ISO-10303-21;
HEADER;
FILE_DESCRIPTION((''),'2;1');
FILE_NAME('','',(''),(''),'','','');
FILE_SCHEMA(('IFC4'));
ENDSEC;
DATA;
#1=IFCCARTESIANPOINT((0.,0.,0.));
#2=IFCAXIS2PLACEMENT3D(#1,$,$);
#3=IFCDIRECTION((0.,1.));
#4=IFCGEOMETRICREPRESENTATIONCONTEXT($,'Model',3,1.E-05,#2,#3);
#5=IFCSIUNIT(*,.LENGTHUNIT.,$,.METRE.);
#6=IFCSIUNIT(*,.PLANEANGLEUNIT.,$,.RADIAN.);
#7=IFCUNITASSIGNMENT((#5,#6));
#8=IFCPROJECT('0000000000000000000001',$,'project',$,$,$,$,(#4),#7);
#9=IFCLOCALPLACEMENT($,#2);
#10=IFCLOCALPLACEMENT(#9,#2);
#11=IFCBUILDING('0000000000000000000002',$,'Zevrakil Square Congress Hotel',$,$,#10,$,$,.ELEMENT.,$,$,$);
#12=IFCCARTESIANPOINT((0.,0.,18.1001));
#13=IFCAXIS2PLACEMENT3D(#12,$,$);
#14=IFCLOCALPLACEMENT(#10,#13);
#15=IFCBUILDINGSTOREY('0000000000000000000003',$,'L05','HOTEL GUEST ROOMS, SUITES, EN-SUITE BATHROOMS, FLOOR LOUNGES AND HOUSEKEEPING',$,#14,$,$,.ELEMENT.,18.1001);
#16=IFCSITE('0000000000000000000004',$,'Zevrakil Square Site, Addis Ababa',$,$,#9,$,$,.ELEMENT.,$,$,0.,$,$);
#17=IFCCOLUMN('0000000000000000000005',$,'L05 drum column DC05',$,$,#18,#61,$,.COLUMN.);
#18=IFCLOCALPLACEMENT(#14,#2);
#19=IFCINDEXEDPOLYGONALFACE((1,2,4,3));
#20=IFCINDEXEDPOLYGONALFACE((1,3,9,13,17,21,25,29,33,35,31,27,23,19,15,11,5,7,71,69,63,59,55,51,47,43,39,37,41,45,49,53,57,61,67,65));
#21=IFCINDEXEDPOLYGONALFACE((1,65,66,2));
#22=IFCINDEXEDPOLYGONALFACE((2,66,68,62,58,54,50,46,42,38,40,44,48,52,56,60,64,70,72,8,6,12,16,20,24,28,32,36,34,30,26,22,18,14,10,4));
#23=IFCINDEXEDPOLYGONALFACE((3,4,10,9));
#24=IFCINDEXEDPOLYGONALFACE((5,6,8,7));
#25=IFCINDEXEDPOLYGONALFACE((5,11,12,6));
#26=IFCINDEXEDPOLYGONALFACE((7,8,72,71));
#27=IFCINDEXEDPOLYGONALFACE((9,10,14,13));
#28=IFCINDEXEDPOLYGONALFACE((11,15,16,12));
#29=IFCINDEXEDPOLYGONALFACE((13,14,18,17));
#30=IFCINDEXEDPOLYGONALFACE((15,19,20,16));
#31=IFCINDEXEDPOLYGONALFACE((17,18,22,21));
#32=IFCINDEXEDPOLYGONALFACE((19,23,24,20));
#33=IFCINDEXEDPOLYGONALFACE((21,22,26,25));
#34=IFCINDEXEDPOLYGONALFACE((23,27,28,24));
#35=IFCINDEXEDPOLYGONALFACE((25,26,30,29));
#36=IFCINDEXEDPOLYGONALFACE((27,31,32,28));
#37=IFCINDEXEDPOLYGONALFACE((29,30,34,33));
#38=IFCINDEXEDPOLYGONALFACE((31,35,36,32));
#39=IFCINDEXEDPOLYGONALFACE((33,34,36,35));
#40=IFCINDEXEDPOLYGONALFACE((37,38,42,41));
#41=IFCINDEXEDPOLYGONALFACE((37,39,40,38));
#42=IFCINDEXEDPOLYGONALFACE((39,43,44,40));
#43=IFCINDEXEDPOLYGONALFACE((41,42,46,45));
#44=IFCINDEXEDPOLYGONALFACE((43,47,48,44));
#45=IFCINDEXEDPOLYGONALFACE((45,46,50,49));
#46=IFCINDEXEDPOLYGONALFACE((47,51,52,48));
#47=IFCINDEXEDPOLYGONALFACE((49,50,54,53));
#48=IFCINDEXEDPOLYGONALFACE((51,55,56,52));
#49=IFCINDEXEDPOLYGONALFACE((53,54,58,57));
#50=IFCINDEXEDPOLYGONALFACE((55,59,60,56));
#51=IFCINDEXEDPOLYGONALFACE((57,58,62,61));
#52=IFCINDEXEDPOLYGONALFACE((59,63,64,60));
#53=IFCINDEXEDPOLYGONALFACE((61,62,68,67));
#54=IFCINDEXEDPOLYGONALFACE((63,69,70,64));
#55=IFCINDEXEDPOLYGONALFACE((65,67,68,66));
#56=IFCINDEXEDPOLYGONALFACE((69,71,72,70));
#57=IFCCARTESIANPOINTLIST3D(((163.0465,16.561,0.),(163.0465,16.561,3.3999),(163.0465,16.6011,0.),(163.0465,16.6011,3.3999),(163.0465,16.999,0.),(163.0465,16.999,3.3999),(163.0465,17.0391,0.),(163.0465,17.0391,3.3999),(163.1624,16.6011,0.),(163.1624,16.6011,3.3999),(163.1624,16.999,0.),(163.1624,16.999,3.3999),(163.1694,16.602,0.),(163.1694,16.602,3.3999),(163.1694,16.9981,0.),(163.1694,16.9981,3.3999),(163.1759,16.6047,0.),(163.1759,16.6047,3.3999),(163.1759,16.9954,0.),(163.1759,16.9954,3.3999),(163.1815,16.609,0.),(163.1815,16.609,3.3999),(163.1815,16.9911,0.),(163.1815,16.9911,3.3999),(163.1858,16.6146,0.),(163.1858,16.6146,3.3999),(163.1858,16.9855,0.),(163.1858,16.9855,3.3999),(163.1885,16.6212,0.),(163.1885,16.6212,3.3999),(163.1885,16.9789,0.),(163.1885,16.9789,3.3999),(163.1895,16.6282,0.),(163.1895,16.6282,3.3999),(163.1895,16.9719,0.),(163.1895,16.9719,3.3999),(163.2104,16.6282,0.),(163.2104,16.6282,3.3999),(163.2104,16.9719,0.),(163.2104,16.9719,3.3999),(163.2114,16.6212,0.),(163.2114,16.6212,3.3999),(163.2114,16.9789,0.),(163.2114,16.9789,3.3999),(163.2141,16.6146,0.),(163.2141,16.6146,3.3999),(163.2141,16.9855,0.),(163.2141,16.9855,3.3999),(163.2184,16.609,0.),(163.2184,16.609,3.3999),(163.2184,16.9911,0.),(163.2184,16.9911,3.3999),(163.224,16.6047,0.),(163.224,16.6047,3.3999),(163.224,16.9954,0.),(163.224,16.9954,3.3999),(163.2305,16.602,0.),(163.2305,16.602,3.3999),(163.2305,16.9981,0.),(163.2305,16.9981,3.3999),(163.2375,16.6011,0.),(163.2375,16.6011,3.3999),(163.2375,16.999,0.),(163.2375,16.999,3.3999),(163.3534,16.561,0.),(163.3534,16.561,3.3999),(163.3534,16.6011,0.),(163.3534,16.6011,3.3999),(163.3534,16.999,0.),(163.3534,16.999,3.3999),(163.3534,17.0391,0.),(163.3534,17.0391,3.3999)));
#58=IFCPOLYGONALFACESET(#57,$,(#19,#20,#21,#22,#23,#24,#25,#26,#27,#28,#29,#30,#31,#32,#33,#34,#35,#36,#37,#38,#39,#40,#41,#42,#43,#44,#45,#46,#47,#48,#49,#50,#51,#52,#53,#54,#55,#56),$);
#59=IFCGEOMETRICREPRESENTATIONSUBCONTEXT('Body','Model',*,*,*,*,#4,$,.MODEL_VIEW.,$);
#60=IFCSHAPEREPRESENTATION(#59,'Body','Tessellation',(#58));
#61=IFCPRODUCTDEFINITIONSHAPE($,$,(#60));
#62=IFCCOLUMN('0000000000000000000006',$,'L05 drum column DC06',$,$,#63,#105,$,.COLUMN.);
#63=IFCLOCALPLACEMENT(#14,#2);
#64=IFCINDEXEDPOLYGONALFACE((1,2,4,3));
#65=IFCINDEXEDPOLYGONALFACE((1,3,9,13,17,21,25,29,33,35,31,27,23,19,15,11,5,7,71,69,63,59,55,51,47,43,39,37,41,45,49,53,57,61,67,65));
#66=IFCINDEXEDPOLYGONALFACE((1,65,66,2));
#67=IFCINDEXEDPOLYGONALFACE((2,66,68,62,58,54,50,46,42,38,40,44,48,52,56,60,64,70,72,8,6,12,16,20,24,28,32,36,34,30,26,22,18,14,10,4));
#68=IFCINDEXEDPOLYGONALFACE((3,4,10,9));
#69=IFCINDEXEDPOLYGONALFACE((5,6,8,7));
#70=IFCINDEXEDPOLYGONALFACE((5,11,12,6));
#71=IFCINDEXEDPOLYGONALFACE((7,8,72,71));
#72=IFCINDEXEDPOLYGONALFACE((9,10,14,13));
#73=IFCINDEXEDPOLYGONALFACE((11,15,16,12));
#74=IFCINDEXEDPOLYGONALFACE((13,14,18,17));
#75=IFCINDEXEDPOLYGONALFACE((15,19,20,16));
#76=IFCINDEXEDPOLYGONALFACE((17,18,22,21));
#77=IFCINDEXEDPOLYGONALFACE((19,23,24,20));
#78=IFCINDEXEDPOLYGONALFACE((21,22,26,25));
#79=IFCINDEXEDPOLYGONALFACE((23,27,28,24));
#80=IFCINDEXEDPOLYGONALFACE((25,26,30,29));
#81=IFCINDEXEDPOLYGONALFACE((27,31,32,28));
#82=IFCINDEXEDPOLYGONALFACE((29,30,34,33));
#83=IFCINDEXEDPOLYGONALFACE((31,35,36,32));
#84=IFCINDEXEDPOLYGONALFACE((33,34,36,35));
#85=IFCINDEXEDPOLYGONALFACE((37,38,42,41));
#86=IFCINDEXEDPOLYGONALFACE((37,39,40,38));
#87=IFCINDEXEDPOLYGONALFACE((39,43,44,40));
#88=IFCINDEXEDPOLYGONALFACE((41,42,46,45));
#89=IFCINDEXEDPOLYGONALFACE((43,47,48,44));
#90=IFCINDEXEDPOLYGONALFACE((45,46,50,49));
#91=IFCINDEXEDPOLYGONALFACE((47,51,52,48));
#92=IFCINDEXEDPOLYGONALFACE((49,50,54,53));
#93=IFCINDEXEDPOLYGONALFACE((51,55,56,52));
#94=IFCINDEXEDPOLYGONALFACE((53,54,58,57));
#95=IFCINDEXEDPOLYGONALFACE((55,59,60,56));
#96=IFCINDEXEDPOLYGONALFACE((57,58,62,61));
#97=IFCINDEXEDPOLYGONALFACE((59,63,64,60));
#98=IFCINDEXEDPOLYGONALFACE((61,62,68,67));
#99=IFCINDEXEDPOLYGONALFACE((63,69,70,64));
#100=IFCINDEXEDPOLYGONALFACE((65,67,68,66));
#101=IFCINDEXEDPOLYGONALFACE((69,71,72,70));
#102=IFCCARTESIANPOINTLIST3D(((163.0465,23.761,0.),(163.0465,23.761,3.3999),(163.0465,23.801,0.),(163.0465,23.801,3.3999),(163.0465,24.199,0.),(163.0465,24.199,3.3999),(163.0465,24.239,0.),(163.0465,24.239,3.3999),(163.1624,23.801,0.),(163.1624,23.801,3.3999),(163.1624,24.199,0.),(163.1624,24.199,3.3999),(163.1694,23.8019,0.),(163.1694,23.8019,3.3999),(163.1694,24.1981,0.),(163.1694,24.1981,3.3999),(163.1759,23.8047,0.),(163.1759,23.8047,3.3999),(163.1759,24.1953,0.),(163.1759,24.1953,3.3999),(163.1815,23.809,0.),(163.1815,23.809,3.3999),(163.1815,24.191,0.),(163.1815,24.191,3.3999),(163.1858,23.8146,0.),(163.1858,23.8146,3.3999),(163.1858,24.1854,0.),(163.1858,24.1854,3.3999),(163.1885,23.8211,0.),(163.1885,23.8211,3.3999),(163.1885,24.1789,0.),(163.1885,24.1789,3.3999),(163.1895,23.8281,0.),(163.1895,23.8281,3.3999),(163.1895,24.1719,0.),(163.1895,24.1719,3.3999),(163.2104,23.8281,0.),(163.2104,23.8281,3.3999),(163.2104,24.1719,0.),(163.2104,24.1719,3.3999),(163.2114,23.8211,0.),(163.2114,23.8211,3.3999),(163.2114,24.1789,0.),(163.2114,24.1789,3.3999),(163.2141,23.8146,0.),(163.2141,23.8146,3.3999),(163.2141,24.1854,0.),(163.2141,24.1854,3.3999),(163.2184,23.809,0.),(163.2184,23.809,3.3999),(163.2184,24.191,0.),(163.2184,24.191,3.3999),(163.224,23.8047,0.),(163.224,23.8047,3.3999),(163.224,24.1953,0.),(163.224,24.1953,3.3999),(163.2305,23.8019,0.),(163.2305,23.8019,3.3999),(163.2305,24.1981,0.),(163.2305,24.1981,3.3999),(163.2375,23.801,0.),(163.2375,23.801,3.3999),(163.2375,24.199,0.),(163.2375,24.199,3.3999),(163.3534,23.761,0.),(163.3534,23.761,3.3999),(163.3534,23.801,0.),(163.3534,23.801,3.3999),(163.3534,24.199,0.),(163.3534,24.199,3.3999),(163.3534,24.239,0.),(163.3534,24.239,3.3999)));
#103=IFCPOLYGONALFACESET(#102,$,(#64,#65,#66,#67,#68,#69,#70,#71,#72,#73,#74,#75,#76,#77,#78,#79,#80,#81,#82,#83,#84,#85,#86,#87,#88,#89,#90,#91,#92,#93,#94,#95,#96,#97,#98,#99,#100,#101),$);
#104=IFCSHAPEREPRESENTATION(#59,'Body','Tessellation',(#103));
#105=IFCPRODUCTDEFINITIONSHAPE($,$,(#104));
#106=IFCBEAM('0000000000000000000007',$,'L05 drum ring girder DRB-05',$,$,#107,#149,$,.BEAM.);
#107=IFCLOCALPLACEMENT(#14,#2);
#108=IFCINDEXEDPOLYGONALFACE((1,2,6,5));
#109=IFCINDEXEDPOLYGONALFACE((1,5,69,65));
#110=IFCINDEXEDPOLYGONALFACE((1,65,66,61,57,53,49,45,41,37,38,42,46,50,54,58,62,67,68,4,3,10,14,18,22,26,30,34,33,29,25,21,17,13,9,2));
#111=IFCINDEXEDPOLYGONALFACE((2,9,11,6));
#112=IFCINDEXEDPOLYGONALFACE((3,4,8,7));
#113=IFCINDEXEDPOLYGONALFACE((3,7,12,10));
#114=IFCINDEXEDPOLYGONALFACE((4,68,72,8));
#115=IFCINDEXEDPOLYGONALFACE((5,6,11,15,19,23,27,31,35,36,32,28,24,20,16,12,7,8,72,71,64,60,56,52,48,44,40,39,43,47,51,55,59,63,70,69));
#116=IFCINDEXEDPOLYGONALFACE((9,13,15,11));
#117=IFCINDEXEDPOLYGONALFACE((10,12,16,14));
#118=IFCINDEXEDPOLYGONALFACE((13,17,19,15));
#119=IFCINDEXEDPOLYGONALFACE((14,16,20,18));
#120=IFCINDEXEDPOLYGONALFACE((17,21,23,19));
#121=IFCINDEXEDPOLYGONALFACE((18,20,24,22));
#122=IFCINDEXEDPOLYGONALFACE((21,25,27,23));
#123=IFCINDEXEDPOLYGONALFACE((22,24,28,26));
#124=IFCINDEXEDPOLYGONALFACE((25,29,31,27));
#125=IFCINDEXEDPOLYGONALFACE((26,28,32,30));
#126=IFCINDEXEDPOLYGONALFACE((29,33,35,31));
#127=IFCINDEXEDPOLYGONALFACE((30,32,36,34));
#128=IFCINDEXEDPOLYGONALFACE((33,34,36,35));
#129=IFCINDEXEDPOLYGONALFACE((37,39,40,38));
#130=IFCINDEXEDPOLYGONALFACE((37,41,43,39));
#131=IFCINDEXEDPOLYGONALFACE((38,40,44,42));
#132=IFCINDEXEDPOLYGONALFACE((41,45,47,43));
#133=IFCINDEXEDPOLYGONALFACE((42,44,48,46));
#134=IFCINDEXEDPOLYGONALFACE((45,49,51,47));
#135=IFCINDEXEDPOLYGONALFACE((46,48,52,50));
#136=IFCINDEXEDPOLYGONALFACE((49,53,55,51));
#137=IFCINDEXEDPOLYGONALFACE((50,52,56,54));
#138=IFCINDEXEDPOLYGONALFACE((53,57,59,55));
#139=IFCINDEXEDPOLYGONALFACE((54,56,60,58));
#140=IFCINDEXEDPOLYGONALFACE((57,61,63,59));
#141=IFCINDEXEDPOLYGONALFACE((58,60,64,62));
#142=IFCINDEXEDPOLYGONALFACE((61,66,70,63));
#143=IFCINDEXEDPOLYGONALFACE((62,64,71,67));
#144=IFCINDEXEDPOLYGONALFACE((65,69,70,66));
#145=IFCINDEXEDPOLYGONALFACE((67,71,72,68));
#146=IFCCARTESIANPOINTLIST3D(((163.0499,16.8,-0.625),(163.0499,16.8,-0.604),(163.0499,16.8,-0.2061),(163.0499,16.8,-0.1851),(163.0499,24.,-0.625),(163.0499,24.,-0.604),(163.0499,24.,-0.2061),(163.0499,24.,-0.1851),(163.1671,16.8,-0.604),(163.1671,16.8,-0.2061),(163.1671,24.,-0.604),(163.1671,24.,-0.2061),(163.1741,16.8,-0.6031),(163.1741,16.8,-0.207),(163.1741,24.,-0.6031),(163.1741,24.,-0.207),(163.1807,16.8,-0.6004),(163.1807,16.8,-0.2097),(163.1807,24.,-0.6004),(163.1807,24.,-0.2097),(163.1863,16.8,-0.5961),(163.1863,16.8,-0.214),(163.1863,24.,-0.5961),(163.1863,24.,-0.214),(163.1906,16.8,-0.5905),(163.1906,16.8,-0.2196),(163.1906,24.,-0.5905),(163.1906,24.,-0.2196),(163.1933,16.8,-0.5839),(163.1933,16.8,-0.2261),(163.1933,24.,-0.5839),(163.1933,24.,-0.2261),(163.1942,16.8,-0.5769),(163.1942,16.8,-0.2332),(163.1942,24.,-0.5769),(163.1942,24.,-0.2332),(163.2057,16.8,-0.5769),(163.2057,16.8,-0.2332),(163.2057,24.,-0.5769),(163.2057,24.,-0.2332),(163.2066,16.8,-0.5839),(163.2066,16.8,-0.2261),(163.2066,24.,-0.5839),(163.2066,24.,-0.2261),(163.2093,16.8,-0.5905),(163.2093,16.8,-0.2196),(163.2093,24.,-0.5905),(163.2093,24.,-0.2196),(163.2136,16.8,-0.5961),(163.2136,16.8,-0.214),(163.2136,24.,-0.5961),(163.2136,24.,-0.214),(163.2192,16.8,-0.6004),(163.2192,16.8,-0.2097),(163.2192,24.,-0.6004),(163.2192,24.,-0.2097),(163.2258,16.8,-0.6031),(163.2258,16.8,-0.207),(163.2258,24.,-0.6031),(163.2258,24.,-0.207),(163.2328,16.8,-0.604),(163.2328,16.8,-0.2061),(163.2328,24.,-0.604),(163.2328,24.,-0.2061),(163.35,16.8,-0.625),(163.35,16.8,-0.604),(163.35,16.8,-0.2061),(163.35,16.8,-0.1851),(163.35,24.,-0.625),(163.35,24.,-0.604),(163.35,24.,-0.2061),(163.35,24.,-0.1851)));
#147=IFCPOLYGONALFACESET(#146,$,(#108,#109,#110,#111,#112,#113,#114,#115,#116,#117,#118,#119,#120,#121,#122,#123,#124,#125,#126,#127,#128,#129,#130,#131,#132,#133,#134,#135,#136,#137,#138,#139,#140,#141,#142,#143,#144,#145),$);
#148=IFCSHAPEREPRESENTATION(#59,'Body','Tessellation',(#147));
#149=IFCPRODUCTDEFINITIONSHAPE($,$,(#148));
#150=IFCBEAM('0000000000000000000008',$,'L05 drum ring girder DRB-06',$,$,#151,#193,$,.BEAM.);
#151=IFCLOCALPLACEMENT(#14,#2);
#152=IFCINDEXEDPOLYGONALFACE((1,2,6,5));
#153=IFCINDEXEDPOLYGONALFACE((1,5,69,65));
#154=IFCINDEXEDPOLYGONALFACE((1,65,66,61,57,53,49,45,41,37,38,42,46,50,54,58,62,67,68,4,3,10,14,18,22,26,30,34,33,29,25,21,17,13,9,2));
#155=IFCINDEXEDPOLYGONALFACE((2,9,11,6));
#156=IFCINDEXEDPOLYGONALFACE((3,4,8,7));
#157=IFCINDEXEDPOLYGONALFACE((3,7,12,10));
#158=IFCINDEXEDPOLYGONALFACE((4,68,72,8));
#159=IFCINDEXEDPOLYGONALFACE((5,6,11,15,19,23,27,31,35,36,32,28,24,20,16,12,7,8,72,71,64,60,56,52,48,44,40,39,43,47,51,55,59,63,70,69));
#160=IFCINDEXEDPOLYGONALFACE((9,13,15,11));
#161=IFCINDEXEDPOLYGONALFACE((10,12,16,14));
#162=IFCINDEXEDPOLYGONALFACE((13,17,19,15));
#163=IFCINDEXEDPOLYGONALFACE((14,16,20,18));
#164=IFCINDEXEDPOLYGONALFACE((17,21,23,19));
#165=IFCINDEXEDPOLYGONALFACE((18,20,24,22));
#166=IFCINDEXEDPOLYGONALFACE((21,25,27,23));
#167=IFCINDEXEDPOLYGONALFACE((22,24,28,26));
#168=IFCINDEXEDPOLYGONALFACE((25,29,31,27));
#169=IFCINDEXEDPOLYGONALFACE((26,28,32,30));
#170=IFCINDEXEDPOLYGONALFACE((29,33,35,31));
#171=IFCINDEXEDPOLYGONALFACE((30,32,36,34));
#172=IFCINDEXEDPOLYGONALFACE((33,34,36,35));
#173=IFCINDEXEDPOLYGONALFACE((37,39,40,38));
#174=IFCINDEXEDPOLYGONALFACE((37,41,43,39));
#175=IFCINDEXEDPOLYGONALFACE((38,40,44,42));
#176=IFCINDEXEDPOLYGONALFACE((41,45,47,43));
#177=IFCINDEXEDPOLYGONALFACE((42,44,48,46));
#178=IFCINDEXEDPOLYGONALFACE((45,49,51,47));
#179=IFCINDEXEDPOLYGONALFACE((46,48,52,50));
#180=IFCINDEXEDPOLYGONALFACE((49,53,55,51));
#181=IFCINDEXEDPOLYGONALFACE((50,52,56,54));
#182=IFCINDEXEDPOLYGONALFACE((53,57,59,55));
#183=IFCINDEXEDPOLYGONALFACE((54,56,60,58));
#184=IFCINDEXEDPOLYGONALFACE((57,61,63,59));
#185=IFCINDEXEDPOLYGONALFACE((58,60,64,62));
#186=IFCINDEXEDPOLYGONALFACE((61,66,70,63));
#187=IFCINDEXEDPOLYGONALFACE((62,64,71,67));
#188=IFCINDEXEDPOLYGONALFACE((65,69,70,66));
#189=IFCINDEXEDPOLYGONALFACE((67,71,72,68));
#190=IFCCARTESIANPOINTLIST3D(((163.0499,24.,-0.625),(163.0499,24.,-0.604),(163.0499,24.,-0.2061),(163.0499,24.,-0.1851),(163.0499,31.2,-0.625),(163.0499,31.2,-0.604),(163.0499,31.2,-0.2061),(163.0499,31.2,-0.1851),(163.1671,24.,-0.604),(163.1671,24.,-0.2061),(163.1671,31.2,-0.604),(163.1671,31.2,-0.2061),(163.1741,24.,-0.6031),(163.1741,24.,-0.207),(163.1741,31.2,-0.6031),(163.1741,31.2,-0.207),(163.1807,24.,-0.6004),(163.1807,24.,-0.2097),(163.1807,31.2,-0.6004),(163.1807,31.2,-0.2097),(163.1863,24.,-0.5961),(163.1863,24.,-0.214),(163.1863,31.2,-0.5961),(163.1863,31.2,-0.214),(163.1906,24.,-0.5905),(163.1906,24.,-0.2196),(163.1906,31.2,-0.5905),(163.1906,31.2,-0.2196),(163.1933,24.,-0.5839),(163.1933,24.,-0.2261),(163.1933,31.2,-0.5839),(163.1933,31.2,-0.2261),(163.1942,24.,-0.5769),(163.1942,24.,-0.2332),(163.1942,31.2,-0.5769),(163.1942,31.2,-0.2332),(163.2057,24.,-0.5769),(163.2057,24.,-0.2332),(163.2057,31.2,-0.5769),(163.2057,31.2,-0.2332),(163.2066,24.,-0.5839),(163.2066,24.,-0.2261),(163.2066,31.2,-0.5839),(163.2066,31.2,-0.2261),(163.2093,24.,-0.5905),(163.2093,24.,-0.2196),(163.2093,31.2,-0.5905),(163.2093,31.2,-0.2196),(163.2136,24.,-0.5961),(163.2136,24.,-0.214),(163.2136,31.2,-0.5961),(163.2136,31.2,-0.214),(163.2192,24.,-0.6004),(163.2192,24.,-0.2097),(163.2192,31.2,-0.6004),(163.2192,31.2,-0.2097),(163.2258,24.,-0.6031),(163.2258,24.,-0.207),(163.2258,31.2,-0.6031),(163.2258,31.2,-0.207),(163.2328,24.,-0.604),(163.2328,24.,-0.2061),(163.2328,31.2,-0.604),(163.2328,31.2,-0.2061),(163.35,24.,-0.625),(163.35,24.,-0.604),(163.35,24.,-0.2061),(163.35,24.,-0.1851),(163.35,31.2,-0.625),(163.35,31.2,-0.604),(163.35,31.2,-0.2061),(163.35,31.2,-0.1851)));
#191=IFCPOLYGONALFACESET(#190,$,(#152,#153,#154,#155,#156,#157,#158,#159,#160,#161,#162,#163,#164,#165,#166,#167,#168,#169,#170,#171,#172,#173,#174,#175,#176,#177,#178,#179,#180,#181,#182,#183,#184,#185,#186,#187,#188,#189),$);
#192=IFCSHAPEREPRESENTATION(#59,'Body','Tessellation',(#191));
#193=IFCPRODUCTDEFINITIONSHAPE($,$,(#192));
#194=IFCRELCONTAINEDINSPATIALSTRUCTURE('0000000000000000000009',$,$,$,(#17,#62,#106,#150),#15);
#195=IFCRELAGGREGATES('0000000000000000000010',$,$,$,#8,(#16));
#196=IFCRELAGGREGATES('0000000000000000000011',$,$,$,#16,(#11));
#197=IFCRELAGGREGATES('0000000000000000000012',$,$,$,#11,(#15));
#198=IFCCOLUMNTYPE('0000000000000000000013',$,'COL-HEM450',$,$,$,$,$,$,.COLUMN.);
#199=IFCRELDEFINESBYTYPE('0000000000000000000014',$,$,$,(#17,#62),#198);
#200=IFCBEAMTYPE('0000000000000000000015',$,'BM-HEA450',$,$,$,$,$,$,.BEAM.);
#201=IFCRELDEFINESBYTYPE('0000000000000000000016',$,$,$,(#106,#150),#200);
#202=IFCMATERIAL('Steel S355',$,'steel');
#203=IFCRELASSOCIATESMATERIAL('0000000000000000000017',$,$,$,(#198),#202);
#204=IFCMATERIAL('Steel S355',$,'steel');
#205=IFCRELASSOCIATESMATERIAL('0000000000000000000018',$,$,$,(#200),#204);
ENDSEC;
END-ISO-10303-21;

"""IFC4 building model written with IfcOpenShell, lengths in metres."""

from ifc_helpers import new_model, si_unit, direction, frame, origin, origin_2d, place, context, subcontext, project, spatial, i_section, extrude, material, material_profile, profile_set, type_object, element, save


model = new_model("IFC4")

# Units and contexts
model_context = context("Model", 3, precision=1e-05, world=origin(), true_north=direction((0.0, 1.0)))
body_context = subcontext(model_context, "Body", "Model", "MODEL_VIEW")
ifc_project = project(units=[si_unit("LENGTHUNIT", "METRE"), si_unit("PLANEANGLEUNIT", "RADIAN")], contexts=[model_context])

# Site, building, storey
site_placement = place(None, origin())
site = spatial("IfcSite", under=ifc_project, at=site_placement, Name="Zevrakil Square Site, Addis Ababa", CompositionType="ELEMENT", RefElevation=0.0)
building_placement = place(site_placement, origin())
building = spatial("IfcBuilding", under=site, at=building_placement, Name="Zevrakil Square Congress Hotel", CompositionType="ELEMENT")
storey_placement = place(building_placement, frame((0.0, 0.0, 18.1001)))
storey = spatial("IfcBuildingStorey", under=building, at=storey_placement, Name="L05", Description="HOTEL GUEST ROOMS, SUITES, EN-SUITE BATHROOMS, FLOOR LOUNGES AND HOUSEKEEPING", CompositionType="ELEMENT", Elevation=18.1001)

# Columns
ifc_material_1 = material(Name="Steel S355", Category="steel")
ifc_material_profile_1 = material_profile(ifc_material_1, i_section(OverallWidth=0.3069, OverallDepth=0.478, WebThickness=0.021, FlangeThickness=0.04, FilletRadius=0.0271, at=origin_2d()), Name="HEM 450")
ifc_profile_set_1 = profile_set([ifc_material_profile_1], Name="Steel S355")
column_type = type_object("IfcColumnType", Name="COL-HEM450", PredefinedType="COLUMN", material=ifc_profile_set_1)
for number, where, z_axis, x_axis, name in (
    (1, (163.2, 16.8, 0.0), (0.0, 0.0, 1.0), (1.0, 0.0, 0.0), "L05 drum column DC05"),
    (2, (163.2, 24.0, 0.0), (0.0, 0.0, 1.0), (1.0, 0.0, 0.0), "L05 drum column DC06"),
):
    element("IfcColumn", number, at=place(storey_placement, frame(where, z_axis=z_axis, x_axis=x_axis)), inside=storey, type_object=column_type, Name=name, PredefinedType="COLUMN", context=body_context, shape_type="SweptSolid", body=[
        extrude(i_section(OverallWidth=0.3069, OverallDepth=0.478, WebThickness=0.021, FlangeThickness=0.04, FilletRadius=0.0271, at=origin_2d()), origin(), (0.0, 0.0, 1.0), 3.3999),
    ])

# Beams
ifc_material_2 = material(Name="Steel S355", Category="steel")
ifc_material_profile_2 = material_profile(ifc_material_2, i_section(OverallWidth=0.3, OverallDepth=0.4399, WebThickness=0.0115, FlangeThickness=0.021, FilletRadius=0.0271, at=origin_2d()), Name="HEA 450")
ifc_profile_set_2 = profile_set([ifc_material_profile_2], Name="Steel S355")
beam_type_1 = type_object("IfcBeamType", Name="BM-HEA450", PredefinedType="BEAM", material=ifc_profile_set_2)
for number, where, z_axis, x_axis, name in (
    (3, (163.2, 16.8, -0.405), (0.0, 1.0, 0.0), (-1.0, 0.0, 0.0), "L05 drum ring girder DRB-05"),
    (4, (163.2, 24.0, -0.405), (0.0, 1.0, 0.0), (-1.0, 0.0, 0.0), "L05 drum ring girder DRB-06"),
):
    element("IfcBeam", number, at=place(storey_placement, frame(where, z_axis=z_axis, x_axis=x_axis)), inside=storey, type_object=beam_type_1, Name=name, PredefinedType="BEAM", context=body_context, shape_type="SweptSolid", body=[
        extrude(i_section(OverallWidth=0.3, OverallDepth=0.4399, WebThickness=0.0115, FlangeThickness=0.021, FilletRadius=0.0271, at=origin_2d()), origin(), (0.0, 0.0, 1.0), 7.2),
    ])

save(model, "model.ifc")
